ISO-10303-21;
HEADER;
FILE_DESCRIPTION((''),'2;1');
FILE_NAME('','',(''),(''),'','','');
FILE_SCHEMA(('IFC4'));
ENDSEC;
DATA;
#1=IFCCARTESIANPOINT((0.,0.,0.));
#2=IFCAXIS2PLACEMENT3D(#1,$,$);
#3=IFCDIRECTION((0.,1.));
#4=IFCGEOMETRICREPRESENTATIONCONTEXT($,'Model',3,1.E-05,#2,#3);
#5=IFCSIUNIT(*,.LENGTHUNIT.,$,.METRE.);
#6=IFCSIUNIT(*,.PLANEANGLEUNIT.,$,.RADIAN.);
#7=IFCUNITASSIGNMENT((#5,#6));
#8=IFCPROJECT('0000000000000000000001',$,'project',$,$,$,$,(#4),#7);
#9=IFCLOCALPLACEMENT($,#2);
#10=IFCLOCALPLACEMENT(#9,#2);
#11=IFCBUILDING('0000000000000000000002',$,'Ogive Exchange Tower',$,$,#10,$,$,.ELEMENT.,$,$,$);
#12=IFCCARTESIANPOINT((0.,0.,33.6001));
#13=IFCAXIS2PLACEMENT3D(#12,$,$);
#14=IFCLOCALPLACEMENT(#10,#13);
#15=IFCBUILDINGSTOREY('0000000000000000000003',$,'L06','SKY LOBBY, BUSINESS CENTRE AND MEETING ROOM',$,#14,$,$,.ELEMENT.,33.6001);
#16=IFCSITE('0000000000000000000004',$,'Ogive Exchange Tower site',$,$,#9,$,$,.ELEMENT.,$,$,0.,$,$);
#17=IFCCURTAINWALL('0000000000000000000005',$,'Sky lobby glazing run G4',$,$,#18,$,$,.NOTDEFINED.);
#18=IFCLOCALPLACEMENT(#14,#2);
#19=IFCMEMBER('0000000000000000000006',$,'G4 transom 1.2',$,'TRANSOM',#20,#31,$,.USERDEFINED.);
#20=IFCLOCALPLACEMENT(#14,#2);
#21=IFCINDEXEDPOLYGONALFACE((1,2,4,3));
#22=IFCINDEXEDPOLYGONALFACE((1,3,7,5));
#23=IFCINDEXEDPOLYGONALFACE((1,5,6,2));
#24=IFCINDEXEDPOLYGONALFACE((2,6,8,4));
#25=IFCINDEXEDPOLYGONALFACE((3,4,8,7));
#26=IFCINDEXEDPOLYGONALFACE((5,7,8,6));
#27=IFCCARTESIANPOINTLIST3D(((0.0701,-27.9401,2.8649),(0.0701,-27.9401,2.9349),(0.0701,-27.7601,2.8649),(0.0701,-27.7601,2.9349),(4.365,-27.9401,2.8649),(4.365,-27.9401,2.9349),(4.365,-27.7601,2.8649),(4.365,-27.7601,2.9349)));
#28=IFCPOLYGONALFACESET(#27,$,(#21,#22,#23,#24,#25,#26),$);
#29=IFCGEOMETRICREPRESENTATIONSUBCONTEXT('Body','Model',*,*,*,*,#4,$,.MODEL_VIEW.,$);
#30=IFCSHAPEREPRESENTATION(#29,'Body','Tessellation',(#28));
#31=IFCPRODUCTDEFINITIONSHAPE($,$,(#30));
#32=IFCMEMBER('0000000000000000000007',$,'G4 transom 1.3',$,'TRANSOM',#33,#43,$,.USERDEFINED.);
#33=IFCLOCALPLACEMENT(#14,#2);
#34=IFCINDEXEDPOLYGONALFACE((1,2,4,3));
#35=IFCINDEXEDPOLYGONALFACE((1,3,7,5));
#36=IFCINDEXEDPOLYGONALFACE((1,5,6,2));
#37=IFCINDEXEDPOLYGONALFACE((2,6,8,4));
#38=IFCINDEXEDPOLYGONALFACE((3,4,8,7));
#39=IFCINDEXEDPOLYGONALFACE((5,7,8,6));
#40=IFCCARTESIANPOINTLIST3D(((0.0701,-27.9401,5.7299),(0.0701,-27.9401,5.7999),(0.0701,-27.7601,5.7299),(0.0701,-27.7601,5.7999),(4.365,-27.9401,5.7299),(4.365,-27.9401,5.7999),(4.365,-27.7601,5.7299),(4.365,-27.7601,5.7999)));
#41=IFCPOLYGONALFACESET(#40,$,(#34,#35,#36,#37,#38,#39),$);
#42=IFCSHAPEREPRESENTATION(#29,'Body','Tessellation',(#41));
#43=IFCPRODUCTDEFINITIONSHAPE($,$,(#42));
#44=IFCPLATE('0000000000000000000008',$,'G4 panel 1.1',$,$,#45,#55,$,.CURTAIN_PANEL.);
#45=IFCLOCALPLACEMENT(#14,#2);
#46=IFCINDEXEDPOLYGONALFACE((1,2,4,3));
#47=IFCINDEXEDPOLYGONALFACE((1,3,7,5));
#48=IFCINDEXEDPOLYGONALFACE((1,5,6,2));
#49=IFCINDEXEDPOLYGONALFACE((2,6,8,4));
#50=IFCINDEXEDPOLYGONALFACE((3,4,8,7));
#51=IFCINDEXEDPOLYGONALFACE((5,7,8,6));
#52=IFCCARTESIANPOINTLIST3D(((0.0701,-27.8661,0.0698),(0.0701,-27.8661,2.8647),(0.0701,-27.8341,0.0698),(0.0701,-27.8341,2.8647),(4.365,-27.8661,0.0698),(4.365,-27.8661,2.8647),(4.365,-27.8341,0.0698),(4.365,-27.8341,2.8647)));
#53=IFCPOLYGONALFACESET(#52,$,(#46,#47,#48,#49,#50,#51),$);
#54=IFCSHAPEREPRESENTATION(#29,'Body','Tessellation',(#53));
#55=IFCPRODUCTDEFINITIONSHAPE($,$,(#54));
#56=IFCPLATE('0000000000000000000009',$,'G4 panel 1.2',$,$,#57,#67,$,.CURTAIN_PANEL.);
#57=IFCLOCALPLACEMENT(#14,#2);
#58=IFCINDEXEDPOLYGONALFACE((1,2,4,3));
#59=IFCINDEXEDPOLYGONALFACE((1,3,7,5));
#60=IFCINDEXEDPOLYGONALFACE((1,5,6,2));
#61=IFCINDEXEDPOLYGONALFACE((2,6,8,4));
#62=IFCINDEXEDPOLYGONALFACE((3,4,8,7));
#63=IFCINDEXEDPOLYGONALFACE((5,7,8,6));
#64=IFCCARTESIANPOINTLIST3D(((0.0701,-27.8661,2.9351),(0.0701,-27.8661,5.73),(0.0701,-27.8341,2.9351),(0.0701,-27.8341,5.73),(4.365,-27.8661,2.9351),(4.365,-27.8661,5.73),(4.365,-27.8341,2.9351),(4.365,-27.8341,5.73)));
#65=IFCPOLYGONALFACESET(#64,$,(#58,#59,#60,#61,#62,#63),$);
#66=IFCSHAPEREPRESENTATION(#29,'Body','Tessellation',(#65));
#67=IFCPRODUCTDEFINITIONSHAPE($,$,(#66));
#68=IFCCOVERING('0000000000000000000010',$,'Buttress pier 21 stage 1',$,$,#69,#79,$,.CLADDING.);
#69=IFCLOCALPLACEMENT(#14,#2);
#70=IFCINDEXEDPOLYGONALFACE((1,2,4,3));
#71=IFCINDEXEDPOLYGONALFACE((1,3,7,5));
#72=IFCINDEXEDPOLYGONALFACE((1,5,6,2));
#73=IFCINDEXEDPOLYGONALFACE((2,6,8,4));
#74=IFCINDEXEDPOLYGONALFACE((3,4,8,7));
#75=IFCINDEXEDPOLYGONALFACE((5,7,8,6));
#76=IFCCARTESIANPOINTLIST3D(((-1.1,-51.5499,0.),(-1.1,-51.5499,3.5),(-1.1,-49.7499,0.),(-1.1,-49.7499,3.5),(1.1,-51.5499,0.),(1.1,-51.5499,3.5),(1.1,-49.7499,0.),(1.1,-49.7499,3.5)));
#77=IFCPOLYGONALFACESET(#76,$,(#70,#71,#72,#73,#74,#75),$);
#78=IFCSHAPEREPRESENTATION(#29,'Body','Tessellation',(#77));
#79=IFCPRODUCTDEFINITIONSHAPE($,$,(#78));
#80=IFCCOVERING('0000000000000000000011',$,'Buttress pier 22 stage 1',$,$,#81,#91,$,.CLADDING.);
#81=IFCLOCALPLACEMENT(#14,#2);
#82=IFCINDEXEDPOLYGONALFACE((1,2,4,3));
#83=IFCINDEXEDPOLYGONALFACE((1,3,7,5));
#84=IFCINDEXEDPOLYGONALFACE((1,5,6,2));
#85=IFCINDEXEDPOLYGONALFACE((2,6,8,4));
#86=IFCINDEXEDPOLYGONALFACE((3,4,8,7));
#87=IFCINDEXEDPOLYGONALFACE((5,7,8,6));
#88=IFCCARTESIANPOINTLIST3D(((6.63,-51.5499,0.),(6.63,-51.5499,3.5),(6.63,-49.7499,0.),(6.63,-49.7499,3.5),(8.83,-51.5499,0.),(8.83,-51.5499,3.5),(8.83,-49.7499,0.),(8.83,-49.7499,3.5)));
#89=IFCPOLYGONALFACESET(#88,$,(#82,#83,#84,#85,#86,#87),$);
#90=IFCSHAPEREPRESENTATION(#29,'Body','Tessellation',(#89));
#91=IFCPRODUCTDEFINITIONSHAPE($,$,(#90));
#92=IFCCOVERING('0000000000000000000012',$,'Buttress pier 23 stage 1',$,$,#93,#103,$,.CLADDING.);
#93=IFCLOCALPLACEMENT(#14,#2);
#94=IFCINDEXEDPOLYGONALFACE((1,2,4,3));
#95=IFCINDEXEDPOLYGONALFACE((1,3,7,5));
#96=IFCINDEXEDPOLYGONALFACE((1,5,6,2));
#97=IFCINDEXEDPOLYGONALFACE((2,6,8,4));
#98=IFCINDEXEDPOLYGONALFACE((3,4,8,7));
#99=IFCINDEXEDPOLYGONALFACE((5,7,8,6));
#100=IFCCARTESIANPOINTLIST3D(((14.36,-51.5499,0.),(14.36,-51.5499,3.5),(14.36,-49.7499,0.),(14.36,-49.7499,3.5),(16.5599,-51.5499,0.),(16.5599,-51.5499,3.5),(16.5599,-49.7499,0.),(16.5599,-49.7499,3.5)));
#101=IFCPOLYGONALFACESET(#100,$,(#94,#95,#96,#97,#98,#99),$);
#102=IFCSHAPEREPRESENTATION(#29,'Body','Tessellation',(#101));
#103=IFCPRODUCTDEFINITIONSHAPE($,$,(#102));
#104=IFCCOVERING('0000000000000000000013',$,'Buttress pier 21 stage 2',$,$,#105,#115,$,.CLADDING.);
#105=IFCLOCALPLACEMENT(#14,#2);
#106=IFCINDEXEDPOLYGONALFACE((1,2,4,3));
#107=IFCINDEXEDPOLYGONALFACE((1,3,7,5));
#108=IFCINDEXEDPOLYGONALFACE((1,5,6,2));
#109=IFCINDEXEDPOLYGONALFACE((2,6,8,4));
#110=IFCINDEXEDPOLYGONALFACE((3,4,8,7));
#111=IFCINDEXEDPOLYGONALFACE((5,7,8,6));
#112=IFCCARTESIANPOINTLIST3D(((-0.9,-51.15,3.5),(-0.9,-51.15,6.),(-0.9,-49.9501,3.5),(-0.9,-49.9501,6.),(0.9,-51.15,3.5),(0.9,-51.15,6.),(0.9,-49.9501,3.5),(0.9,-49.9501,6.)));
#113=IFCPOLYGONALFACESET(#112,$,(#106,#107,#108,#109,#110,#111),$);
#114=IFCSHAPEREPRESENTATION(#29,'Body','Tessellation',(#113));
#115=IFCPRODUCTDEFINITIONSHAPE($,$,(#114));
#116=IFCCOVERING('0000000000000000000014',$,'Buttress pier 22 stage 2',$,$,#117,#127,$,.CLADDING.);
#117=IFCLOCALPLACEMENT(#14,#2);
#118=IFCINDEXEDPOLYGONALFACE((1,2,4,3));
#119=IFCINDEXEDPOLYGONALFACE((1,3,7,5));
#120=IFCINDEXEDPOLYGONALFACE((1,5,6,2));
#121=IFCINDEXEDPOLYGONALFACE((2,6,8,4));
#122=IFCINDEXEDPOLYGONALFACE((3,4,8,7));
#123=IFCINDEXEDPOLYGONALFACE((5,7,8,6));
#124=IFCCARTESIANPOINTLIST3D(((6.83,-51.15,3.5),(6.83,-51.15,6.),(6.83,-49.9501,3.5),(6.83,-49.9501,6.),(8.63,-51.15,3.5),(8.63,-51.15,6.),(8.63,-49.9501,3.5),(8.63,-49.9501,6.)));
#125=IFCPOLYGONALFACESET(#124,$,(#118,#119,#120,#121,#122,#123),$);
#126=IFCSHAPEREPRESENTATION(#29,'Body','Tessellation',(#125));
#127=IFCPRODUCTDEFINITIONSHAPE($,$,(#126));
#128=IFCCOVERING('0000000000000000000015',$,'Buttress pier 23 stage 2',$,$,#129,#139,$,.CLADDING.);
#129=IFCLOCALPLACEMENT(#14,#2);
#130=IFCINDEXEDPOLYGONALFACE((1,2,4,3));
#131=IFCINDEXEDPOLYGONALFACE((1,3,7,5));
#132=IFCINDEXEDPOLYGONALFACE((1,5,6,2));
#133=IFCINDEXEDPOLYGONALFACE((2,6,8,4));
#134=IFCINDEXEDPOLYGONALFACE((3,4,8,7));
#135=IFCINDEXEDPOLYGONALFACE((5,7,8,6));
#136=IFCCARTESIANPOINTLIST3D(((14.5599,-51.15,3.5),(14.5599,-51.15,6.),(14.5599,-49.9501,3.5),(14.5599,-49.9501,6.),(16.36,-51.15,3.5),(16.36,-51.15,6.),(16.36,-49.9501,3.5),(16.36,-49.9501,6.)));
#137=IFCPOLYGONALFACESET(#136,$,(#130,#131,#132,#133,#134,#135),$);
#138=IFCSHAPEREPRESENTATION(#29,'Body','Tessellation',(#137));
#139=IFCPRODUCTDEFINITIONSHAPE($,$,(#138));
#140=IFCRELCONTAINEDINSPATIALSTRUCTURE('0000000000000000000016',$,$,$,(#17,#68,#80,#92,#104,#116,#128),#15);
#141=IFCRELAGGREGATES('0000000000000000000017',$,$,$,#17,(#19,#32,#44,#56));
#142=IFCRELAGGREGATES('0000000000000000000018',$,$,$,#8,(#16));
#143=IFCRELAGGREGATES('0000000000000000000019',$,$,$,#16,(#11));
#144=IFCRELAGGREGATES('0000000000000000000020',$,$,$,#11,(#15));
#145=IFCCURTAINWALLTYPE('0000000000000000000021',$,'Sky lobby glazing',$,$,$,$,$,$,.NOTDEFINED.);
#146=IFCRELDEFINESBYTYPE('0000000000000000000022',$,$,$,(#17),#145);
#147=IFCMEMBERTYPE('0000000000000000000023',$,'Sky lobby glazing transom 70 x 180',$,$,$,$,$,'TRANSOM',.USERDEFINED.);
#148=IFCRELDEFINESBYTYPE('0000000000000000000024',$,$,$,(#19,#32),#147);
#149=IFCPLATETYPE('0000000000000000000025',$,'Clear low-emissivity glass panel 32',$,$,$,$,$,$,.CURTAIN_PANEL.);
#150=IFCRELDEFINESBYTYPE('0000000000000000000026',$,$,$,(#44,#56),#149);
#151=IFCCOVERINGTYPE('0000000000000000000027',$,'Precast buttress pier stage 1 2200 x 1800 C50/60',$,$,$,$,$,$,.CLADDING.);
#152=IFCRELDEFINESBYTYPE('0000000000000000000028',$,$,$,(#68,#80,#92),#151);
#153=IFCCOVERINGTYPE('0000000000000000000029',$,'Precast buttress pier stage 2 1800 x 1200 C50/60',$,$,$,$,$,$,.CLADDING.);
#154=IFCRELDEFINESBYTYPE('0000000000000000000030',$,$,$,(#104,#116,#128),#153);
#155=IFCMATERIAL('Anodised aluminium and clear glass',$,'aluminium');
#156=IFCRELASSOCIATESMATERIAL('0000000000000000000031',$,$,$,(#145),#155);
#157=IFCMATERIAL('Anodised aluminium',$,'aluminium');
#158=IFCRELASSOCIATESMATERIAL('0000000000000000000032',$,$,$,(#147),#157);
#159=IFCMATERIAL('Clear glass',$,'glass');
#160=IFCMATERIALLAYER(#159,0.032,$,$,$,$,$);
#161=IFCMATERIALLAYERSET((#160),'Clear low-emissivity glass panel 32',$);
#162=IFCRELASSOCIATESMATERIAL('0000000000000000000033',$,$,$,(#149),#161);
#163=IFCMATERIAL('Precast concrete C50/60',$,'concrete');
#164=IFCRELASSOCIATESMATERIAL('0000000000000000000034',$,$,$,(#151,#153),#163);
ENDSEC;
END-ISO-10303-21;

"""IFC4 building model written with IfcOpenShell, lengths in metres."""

from ifc_helpers import new_model, si_unit, direction, frame, origin, origin_2d, place, context, subcontext, project, spatial, rectangle, extrude, material, layer, layer_set, material_profile, profile_set, type_object, element, aggregate, save


model = new_model("IFC4")

# Units and contexts
model_context = context("Model", 3, precision=1e-05, world=origin(), true_north=direction((0.0, 1.0)))
body_context = subcontext(model_context, "Body", "Model", "MODEL_VIEW")
ifc_project = project(units=[si_unit("LENGTHUNIT", "METRE"), si_unit("PLANEANGLEUNIT", "RADIAN")], contexts=[model_context])

# Site, building, storey
site_placement = place(None, origin())
site = spatial("IfcSite", under=ifc_project, at=site_placement, Name="Ogive Exchange Tower site", CompositionType="ELEMENT", RefElevation=0.0)
building_placement = place(site_placement, origin())
building = spatial("IfcBuilding", under=site, at=building_placement, Name="Ogive Exchange Tower", CompositionType="ELEMENT")
storey_placement = place(building_placement, frame((0.0, 0.0, 33.6001)))
storey = spatial("IfcBuildingStorey", under=building, at=storey_placement, Name="L06", Description="SKY LOBBY, BUSINESS CENTRE AND MEETING ROOM", CompositionType="ELEMENT", Elevation=33.6001)

# Curtain wall, members, plates
ifc_material_1 = material(Name="Anodised aluminium and clear glass", Category="aluminium")
curtain_wall_type = type_object("IfcCurtainWallType", Name="Sky lobby glazing", PredefinedType="NOTDEFINED", material=ifc_material_1)
curtain_wall_placement = place(storey_placement, origin())
curtain_wall = element("IfcCurtainWall", 1, at=curtain_wall_placement, inside=storey, type_object=curtain_wall_type, Name="Sky lobby glazing run G4", PredefinedType="NOTDEFINED")
ifc_material_2 = material(Name="Anodised aluminium", Category="aluminium")
ifc_material_profile_1 = material_profile(ifc_material_2, rectangle(XDim=0.1799, YDim=0.0701, at=origin_2d()), Name="AL 70x180")
ifc_profile_set_1 = profile_set([ifc_material_profile_1], Name="Anodised aluminium")
member_type_1 = type_object("IfcMemberType", Name="Sky lobby glazing transom 70 x 180", ElementType="TRANSOM", PredefinedType="USERDEFINED", material=ifc_profile_set_1)
member_1_placement = place(storey_placement, frame((0.0701, -27.8501, 2.8999), z_axis=(1.0, 0.0, 0.0), x_axis=(0.0, 1.0, 0.0)))
member_1 = element("IfcMember", 2, at=member_1_placement, type_object=member_type_1, Name="G4 transom 1.2", ObjectType="TRANSOM", PredefinedType="USERDEFINED", context=body_context, shape_type="SweptSolid", body=[
    extrude(rectangle(XDim=0.1799, YDim=0.0701, at=origin_2d()), origin(), (0.0, 0.0, 1.0), 4.2949),
])
member_2_placement = place(storey_placement, frame((0.0701, -27.8501, 5.7649), z_axis=(1.0, 0.0, 0.0), x_axis=(0.0, 1.0, 0.0)))
member_2 = element("IfcMember", 3, at=member_2_placement, type_object=member_type_1, Name="G4 transom 1.3", ObjectType="TRANSOM", PredefinedType="USERDEFINED", context=body_context, shape_type="SweptSolid", body=[
    extrude(rectangle(XDim=0.1799, YDim=0.0701, at=origin_2d()), origin(), (0.0, 0.0, 1.0), 4.2949),
])
ifc_material_3 = material(Name="Clear glass", Category="glass")
ifc_layer = layer(ifc_material_3, 0.032)
ifc_layer_set = layer_set([ifc_layer], Name="Clear low-emissivity glass panel 32")
plate_type = type_object("IfcPlateType", Name="Clear low-emissivity glass panel 32", PredefinedType="CURTAIN_PANEL", material=ifc_layer_set)
plate_1_placement = place(storey_placement, frame((2.2175, -27.8501, 0.0698), z_axis=(0.0, 0.0, 1.0), x_axis=(1.0, 0.0, 0.0)))
plate_1 = element("IfcPlate", 4, at=plate_1_placement, type_object=plate_type, Name="G4 panel 1.1", PredefinedType="CURTAIN_PANEL", context=body_context, shape_type="SweptSolid", body=[
    extrude(rectangle(XDim=4.2949, YDim=0.032, at=origin_2d()), origin(), (0.0, 0.0, 1.0), 2.7949),
])
plate_2_placement = place(storey_placement, frame((2.2175, -27.8501, 2.9351), z_axis=(0.0, 0.0, 1.0), x_axis=(1.0, 0.0, 0.0)))
plate_2 = element("IfcPlate", 5, at=plate_2_placement, type_object=plate_type, Name="G4 panel 1.2", PredefinedType="CURTAIN_PANEL", context=body_context, shape_type="SweptSolid", body=[
    extrude(rectangle(XDim=4.2949, YDim=0.032, at=origin_2d()), origin(), (0.0, 0.0, 1.0), 2.7949),
])
aggregate(curtain_wall, [member_1, member_2, plate_1, plate_2])

# Coverings
ifc_material_4 = material(Name="Precast concrete C50/60", Category="concrete")
ifc_material_profile_2 = material_profile(ifc_material_4, rectangle(XDim=2.2, YDim=1.8, at=origin_2d()), Name="BUTTRESS PIER 1 2200 x 1800")
ifc_profile_set_2 = profile_set([ifc_material_profile_2], Name="Precast concrete C50/60")
covering_type_1 = type_object("IfcCoveringType", Name="Precast buttress pier stage 1 2200 x 1800 C50/60", PredefinedType="CLADDING", material=ifc_profile_set_2)
for number, where, z_axis, x_axis, name in (
    (6, (0.0, -50.6499, 0.0), (0.0, 0.0, 1.0), (1.0, 0.0, 0.0), "Buttress pier 21 stage 1"),
    (7, (7.73, -50.6499, 0.0), (0.0, 0.0, 1.0), (1.0, 0.0, 0.0), "Buttress pier 22 stage 1"),
    (8, (15.46, -50.6499, 0.0), (0.0, 0.0, 1.0), (1.0, 0.0, 0.0), "Buttress pier 23 stage 1"),
):
    element("IfcCovering", number, at=place(storey_placement, frame(where, z_axis=z_axis, x_axis=x_axis)), inside=storey, type_object=covering_type_1, Name=name, PredefinedType="CLADDING", context=body_context, shape_type="SweptSolid", body=[
        extrude(rectangle(XDim=2.2, YDim=1.8, at=origin_2d()), origin(), (0.0, 0.0, 1.0), 3.5),
    ])
ifc_material_profile_3 = material_profile(ifc_material_4, rectangle(XDim=1.8, YDim=1.2, at=origin_2d()), Name="BUTTRESS PIER 2 1800 x 1200")
ifc_profile_set_3 = profile_set([ifc_material_profile_3], Name="Precast concrete C50/60")
covering_type_2 = type_object("IfcCoveringType", Name="Precast buttress pier stage 2 1800 x 1200 C50/60", PredefinedType="CLADDING", material=ifc_profile_set_3)
for number, where, z_axis, x_axis, name in (
    (9, (0.0, -50.55, 3.5), (0.0, 0.0, 1.0), (1.0, 0.0, 0.0), "Buttress pier 21 stage 2"),
    (10, (7.73, -50.55, 3.5), (0.0, 0.0, 1.0), (1.0, 0.0, 0.0), "Buttress pier 22 stage 2"),
    (11, (15.46, -50.55, 3.5), (0.0, 0.0, 1.0), (1.0, 0.0, 0.0), "Buttress pier 23 stage 2"),
):
    element("IfcCovering", number, at=place(storey_placement, frame(where, z_axis=z_axis, x_axis=x_axis)), inside=storey, type_object=covering_type_2, Name=name, PredefinedType="CLADDING", context=body_context, shape_type="SweptSolid", body=[
        extrude(rectangle(XDim=1.8, YDim=1.2, at=origin_2d()), origin(), (0.0, 0.0, 1.0), 2.5),
    ])

save(model, "model.ifc")
